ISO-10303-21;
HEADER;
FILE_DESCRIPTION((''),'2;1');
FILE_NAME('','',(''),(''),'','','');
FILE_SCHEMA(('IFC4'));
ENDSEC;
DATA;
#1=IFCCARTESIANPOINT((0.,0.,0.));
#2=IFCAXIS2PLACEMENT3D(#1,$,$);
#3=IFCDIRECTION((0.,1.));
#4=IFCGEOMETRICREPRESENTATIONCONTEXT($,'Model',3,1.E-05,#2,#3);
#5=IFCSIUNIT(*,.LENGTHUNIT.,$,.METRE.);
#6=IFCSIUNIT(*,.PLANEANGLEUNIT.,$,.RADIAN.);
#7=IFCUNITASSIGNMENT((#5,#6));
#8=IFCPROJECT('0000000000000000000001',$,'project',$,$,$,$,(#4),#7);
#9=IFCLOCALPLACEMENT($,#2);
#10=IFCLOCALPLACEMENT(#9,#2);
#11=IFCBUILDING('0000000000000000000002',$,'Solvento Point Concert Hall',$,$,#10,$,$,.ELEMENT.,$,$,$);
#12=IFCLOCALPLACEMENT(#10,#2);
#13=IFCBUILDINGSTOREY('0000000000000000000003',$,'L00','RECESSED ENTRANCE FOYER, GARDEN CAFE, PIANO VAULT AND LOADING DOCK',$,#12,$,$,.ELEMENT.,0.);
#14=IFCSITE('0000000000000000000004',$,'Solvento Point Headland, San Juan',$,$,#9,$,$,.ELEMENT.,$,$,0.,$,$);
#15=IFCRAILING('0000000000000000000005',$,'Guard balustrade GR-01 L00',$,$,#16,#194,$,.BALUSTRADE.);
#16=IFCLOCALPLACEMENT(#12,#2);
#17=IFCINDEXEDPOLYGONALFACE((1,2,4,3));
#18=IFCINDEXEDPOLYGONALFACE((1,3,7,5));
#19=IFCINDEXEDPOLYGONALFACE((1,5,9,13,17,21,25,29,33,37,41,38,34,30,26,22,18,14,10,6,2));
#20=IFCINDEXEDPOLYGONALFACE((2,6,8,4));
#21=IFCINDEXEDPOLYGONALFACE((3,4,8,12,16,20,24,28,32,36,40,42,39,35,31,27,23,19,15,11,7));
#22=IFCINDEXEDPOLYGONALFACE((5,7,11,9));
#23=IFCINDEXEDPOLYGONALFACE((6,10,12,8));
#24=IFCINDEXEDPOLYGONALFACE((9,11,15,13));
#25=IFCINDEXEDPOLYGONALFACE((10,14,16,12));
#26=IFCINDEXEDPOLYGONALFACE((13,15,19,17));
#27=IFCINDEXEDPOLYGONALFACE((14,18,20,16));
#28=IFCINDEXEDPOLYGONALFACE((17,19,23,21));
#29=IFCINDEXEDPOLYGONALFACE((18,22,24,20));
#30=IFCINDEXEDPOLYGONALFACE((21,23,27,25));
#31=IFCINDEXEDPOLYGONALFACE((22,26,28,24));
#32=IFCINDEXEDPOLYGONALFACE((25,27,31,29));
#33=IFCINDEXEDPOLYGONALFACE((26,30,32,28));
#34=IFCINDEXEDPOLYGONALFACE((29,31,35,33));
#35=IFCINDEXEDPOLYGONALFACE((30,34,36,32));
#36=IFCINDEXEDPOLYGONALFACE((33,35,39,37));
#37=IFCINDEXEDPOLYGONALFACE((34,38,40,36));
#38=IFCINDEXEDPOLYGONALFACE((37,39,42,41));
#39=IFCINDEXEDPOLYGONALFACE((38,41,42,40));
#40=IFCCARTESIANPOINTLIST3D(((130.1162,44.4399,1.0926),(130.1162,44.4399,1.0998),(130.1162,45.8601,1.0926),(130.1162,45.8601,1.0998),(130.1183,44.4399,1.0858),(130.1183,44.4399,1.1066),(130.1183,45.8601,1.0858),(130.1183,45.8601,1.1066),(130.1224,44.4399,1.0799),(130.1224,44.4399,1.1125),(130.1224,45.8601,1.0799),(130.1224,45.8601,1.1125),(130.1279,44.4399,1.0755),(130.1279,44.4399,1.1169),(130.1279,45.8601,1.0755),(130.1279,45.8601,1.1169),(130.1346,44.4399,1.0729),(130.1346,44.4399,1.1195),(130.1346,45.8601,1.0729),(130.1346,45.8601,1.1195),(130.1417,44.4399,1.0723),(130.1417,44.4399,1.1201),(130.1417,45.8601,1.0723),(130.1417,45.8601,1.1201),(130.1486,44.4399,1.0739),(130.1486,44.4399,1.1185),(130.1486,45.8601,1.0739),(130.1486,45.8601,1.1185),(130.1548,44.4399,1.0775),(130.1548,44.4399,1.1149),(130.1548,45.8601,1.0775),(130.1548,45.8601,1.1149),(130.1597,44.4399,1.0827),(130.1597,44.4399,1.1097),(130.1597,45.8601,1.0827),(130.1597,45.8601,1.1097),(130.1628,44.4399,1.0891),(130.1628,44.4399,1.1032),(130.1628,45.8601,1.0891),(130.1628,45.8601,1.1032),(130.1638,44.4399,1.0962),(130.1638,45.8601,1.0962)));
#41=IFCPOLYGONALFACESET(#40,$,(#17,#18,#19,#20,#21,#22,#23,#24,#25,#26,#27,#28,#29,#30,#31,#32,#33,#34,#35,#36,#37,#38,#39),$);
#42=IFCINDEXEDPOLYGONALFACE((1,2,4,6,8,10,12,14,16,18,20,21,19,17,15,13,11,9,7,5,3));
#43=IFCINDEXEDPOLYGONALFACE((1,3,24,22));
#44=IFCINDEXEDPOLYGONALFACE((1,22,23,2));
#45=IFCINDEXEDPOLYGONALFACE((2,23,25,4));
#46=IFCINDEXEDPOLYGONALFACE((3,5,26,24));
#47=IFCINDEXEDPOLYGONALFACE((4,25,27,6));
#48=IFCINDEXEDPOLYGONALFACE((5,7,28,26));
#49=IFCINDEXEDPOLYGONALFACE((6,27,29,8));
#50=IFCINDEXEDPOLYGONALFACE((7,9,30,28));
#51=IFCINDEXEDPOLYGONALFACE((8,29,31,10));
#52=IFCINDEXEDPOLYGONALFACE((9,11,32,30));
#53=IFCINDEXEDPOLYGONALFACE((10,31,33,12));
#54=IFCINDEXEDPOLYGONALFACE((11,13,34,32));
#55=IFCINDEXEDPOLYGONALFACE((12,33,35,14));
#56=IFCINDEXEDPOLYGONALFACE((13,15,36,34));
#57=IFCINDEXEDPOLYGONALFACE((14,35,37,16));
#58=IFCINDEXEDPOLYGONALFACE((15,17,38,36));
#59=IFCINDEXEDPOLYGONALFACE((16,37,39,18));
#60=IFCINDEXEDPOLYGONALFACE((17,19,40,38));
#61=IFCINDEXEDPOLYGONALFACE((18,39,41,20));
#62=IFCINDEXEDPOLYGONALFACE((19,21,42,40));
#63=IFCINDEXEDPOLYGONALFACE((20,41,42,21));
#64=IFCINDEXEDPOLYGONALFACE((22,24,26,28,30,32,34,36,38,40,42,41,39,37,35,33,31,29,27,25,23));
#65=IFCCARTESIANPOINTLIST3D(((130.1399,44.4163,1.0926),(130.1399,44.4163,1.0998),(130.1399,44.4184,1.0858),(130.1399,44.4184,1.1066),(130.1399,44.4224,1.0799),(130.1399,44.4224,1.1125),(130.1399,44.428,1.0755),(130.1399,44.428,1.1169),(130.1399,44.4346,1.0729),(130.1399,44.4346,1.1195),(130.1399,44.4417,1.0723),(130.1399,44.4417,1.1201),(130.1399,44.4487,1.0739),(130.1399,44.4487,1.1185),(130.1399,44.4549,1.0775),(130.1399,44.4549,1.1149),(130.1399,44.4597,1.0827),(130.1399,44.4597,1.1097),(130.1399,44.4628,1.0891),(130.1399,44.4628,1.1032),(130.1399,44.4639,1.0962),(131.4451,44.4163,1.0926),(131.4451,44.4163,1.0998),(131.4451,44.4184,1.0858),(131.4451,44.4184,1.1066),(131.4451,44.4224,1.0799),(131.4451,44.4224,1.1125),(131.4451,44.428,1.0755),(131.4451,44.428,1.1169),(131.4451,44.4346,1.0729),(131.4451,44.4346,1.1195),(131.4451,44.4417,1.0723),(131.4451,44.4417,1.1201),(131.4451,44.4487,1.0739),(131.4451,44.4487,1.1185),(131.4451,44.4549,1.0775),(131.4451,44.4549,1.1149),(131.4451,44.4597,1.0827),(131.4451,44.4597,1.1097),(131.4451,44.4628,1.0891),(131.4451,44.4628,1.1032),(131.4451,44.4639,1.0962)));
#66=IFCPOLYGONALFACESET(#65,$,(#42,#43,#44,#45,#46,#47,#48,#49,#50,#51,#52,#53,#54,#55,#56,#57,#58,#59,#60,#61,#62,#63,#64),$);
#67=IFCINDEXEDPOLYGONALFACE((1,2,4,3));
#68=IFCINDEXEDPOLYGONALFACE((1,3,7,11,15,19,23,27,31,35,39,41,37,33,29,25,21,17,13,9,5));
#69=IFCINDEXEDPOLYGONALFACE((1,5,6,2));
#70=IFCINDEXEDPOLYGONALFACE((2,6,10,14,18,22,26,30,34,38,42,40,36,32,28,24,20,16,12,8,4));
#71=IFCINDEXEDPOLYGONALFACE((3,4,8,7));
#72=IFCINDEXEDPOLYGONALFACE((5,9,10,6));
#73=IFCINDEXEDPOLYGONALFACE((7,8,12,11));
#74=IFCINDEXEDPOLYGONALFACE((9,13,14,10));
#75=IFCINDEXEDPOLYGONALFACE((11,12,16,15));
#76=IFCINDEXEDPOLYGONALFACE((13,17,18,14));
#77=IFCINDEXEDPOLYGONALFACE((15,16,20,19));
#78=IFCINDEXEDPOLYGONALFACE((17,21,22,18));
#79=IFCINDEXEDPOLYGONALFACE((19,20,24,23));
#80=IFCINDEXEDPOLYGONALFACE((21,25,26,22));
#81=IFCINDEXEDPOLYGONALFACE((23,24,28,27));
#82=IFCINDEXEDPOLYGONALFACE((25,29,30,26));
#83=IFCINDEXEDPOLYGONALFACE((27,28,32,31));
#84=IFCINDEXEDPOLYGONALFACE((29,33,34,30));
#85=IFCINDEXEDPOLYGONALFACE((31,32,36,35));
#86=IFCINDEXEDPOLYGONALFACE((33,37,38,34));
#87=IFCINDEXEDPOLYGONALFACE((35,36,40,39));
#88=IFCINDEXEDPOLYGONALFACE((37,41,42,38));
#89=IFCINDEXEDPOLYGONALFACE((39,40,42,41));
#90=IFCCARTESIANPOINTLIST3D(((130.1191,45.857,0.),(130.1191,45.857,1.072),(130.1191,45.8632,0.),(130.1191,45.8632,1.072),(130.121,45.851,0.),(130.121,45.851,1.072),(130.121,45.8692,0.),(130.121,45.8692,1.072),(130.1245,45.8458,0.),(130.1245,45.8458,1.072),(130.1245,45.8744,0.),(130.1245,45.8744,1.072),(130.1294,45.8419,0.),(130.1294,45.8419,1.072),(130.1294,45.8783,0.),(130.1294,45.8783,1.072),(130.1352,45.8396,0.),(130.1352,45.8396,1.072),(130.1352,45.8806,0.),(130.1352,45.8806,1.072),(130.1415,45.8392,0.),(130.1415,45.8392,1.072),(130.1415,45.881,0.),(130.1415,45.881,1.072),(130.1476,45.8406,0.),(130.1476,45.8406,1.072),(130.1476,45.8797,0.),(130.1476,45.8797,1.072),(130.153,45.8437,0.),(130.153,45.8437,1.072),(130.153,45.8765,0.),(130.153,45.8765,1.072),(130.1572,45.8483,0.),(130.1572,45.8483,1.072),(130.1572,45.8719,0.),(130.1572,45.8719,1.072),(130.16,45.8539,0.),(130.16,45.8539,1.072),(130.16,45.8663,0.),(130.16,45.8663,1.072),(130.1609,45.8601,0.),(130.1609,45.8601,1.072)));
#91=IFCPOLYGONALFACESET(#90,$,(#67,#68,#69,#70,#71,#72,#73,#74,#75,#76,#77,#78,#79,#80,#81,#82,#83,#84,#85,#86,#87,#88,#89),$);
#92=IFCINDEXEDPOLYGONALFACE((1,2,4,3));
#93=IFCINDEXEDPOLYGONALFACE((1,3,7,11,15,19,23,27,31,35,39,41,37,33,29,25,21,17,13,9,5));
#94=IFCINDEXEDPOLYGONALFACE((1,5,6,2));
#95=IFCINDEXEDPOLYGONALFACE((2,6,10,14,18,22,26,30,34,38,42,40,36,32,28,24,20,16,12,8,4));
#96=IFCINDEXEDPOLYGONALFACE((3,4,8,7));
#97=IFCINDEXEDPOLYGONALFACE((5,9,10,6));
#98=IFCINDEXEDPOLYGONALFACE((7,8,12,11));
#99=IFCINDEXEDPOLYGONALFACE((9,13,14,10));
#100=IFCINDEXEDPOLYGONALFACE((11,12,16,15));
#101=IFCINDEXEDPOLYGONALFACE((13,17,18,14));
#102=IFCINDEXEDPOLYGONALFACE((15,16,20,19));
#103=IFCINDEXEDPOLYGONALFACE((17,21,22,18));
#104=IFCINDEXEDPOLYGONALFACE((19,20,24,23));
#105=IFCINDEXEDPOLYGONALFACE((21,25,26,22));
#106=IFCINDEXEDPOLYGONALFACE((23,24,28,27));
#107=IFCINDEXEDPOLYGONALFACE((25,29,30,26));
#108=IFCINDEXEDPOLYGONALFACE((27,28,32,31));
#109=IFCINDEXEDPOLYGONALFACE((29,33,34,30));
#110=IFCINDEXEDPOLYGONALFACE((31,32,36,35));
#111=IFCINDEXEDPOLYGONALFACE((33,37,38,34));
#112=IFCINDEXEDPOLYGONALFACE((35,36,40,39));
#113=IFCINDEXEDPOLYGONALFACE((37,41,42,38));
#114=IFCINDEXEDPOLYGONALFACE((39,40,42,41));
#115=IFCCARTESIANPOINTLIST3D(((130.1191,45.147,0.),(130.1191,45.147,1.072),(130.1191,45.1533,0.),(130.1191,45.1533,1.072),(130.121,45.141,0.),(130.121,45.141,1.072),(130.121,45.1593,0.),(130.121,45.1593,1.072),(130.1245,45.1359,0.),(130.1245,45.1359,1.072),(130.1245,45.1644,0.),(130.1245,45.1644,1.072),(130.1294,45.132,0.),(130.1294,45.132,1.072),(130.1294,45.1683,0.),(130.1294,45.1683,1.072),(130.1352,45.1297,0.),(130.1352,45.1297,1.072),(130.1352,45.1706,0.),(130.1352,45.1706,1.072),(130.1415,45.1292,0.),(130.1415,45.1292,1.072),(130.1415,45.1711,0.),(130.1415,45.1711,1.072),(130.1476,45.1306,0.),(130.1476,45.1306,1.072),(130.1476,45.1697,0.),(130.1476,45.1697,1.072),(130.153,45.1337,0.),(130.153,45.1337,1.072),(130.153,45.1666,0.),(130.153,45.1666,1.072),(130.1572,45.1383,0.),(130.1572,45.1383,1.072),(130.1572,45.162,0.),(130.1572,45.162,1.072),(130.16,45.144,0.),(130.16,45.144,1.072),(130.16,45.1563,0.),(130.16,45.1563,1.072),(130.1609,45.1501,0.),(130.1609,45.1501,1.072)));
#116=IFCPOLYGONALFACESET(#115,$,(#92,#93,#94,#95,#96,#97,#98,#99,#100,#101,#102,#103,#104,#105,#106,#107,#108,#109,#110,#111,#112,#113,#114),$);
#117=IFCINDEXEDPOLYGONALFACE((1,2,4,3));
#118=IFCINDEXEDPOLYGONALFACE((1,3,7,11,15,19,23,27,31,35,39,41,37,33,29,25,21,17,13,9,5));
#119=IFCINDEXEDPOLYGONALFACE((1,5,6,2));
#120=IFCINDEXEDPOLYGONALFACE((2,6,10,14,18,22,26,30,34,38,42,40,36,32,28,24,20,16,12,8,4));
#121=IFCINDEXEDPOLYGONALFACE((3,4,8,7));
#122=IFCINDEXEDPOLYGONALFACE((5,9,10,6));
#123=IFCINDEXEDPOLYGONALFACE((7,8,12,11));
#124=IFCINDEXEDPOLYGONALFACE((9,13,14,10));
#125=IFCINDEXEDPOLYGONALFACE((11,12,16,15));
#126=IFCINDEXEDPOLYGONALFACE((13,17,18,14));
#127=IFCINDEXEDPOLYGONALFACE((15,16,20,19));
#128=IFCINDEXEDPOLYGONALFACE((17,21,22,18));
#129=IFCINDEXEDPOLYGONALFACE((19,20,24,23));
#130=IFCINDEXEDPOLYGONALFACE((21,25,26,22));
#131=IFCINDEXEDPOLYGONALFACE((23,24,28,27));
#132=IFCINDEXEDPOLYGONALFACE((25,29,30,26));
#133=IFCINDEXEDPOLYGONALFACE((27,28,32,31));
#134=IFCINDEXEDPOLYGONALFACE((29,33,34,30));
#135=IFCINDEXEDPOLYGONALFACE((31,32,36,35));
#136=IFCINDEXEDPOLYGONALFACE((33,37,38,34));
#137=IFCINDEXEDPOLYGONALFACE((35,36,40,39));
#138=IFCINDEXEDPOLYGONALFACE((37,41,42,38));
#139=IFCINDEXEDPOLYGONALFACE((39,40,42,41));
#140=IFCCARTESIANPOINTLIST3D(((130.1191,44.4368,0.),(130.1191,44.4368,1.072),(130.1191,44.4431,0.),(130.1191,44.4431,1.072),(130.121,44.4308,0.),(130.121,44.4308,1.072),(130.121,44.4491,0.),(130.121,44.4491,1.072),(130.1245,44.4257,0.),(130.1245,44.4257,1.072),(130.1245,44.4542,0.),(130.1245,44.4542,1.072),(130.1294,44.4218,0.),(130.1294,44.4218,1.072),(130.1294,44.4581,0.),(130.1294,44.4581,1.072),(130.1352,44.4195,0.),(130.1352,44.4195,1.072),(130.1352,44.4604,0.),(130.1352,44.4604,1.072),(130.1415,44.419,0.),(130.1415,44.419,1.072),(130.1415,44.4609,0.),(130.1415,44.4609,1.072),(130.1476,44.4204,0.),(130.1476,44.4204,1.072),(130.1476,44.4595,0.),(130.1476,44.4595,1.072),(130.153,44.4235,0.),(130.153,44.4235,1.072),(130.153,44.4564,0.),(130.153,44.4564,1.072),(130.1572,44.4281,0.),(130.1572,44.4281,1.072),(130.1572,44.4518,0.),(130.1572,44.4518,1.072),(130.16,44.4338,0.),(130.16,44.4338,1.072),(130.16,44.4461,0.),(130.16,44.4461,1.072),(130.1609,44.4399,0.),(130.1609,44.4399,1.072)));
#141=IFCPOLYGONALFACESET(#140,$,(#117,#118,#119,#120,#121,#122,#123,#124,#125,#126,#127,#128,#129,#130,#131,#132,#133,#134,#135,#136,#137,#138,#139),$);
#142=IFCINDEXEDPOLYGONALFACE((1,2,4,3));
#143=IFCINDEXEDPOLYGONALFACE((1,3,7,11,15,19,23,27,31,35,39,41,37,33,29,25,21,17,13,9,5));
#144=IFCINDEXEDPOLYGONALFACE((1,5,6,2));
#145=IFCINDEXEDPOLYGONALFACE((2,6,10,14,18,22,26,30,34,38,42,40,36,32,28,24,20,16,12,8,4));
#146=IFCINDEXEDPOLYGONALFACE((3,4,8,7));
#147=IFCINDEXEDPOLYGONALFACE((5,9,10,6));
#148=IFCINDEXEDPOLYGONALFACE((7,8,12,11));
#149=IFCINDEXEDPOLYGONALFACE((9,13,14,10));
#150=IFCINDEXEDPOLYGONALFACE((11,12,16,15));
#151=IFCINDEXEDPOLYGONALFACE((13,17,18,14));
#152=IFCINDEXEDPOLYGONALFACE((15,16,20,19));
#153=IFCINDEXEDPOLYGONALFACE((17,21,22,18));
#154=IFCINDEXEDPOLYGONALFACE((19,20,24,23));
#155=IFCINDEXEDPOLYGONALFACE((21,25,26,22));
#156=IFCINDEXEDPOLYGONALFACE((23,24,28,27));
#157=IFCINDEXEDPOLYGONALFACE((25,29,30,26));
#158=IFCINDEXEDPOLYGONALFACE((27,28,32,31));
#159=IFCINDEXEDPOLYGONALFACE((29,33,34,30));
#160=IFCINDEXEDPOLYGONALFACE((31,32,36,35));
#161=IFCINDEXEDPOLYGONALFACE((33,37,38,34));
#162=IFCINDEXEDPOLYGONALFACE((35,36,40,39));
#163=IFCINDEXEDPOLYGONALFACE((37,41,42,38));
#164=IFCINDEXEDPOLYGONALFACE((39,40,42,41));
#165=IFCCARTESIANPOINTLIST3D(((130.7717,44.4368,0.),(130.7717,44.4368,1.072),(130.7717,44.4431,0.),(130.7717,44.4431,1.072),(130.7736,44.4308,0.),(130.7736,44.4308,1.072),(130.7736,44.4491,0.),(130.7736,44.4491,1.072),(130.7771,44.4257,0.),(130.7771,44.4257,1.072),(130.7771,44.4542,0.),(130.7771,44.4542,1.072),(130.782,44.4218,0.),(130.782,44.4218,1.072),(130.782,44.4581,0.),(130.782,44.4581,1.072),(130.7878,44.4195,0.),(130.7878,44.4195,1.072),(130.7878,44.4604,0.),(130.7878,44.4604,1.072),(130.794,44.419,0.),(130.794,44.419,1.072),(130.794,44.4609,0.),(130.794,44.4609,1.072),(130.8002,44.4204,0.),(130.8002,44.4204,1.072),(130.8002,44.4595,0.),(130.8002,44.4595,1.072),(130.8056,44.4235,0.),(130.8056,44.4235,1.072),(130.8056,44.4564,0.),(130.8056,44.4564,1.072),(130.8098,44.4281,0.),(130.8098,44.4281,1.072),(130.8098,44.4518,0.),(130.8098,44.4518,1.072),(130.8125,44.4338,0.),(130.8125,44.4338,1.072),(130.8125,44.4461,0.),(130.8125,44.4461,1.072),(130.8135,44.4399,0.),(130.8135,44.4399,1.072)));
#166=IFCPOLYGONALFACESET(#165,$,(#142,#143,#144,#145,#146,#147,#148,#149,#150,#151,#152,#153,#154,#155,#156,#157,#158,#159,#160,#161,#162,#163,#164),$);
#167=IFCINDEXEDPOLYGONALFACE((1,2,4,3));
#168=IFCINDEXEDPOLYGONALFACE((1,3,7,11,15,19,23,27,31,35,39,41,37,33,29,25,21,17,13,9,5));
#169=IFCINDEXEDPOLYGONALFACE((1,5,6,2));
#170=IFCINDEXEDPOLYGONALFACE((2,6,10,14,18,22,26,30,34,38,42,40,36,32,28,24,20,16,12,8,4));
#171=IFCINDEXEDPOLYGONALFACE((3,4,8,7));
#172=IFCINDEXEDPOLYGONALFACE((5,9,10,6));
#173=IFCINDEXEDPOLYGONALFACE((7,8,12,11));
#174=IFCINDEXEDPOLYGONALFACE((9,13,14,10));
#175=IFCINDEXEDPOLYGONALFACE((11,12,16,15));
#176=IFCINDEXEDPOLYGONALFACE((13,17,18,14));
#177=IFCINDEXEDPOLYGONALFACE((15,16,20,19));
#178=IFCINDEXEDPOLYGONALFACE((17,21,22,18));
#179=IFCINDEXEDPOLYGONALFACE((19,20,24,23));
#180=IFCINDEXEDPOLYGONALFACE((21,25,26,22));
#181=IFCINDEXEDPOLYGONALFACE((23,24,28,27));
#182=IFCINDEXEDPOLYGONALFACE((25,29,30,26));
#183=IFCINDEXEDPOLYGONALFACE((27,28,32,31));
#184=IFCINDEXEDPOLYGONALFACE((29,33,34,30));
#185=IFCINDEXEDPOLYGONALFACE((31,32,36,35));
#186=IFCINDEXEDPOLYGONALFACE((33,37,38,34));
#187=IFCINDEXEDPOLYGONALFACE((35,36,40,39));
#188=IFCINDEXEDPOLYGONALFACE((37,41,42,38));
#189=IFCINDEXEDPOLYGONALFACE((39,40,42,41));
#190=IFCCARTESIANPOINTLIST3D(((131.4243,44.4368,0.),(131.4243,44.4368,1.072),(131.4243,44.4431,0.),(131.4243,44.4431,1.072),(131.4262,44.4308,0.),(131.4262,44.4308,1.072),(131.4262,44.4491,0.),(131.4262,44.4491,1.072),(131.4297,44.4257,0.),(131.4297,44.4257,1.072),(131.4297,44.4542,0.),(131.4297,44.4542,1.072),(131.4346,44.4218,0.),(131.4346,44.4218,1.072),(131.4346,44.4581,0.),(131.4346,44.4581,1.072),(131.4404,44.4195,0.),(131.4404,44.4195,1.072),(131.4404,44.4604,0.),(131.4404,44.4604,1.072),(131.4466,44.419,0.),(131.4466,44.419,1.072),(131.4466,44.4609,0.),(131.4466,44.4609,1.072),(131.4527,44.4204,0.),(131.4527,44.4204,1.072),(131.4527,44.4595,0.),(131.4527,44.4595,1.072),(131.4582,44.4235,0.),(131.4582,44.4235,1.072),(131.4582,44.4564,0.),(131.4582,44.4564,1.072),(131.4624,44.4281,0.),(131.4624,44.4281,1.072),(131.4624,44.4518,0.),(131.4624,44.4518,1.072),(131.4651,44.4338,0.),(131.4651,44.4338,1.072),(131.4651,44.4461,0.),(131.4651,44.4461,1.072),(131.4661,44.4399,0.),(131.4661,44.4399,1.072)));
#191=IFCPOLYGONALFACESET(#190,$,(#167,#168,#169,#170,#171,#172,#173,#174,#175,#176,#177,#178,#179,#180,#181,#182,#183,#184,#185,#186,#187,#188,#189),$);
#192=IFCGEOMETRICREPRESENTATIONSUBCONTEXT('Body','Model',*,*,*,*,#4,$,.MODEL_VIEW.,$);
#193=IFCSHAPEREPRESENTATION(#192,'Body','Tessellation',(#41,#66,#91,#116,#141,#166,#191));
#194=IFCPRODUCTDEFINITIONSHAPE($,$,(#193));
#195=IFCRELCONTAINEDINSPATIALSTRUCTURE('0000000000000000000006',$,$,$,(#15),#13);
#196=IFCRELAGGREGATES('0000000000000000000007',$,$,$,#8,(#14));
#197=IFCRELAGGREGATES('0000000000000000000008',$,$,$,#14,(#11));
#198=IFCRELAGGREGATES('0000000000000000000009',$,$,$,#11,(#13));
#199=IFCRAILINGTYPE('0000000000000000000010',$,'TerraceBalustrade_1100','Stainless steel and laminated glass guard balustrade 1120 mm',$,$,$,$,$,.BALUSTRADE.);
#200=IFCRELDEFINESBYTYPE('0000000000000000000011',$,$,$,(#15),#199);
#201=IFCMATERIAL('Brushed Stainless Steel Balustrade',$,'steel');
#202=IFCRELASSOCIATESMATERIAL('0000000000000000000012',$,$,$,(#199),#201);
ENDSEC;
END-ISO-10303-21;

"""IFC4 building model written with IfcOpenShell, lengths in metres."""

from ifc_helpers import new_model, si_unit, direction, frame, origin, origin_2d, place, context, subcontext, project, spatial, circle, extrude, material, type_object, element, save


model = new_model("IFC4")

# Units and contexts
model_context = context("Model", 3, precision=1e-05, world=origin(), true_north=direction((0.0, 1.0)))
body_context = subcontext(model_context, "Body", "Model", "MODEL_VIEW")
ifc_project = project(units=[si_unit("LENGTHUNIT", "METRE"), si_unit("PLANEANGLEUNIT", "RADIAN")], contexts=[model_context])

# Site, building, storey
site_placement = place(None, origin())
site = spatial("IfcSite", under=ifc_project, at=site_placement, Name="Solvento Point Headland, San Juan", CompositionType="ELEMENT", RefElevation=0.0)
building_placement = place(site_placement, origin())
building = spatial("IfcBuilding", under=site, at=building_placement, Name="Solvento Point Concert Hall", CompositionType="ELEMENT")
storey_placement = place(building_placement, origin())
storey = spatial("IfcBuildingStorey", under=building, at=storey_placement, Name="L00", Description="RECESSED ENTRANCE FOYER, GARDEN CAFE, PIANO VAULT AND LOADING DOCK", CompositionType="ELEMENT", Elevation=0.0)

# Railing
ifc_material_1 = material(Name="Brushed Stainless Steel Balustrade", Category="steel")
railing_type_1 = type_object("IfcRailingType", Name="TerraceBalustrade_1100", Description="Stainless steel and laminated glass guard balustrade 1120 mm", PredefinedType="BALUSTRADE", material=ifc_material_1)
railing_1_placement = place(storey_placement, frame((130.1399, 45.8601, 0.0)))
element("IfcRailing", 1, at=railing_1_placement, inside=storey, type_object=railing_type_1, Name="Guard balustrade GR-01 L00", PredefinedType="BALUSTRADE", context=body_context, shape_type="SweptSolid", body=[
    extrude(circle(Radius=0.0239, at=origin_2d()), frame((0.0, 0.0, 1.0962), z_axis=(0.0, -1.0, 0.0), x_axis=(1.0, 0.0, 0.0)), (0.0, 0.0, 1.0), 1.4202),
    extrude(circle(Radius=0.0239, at=origin_2d()), frame((0.0, -1.4202, 1.0962), z_axis=(1.0, 0.0, 0.0), x_axis=(0.0, 1.0, 0.0)), (0.0, 0.0, 1.0), 1.3052),
    extrude(circle(Radius=0.021, at=origin_2d()), origin(), (0.0, 0.0, 1.0), 1.072),
    extrude(circle(Radius=0.021, at=origin_2d()), frame((0.0, -0.71, 0.0)), (0.0, 0.0, 1.0), 1.072),
    extrude(circle(Radius=0.021, at=origin_2d()), frame((0.0, -1.4202, 0.0)), (0.0, 0.0, 1.0), 1.072),
    extrude(circle(Radius=0.021, at=origin_2d()), frame((0.6526, -1.4202, 0.0)), (0.0, 0.0, 1.0), 1.072),
    extrude(circle(Radius=0.021, at=origin_2d()), frame((1.3052, -1.4202, 0.0)), (0.0, 0.0, 1.0), 1.072),
])

save(model, "model.ifc")
